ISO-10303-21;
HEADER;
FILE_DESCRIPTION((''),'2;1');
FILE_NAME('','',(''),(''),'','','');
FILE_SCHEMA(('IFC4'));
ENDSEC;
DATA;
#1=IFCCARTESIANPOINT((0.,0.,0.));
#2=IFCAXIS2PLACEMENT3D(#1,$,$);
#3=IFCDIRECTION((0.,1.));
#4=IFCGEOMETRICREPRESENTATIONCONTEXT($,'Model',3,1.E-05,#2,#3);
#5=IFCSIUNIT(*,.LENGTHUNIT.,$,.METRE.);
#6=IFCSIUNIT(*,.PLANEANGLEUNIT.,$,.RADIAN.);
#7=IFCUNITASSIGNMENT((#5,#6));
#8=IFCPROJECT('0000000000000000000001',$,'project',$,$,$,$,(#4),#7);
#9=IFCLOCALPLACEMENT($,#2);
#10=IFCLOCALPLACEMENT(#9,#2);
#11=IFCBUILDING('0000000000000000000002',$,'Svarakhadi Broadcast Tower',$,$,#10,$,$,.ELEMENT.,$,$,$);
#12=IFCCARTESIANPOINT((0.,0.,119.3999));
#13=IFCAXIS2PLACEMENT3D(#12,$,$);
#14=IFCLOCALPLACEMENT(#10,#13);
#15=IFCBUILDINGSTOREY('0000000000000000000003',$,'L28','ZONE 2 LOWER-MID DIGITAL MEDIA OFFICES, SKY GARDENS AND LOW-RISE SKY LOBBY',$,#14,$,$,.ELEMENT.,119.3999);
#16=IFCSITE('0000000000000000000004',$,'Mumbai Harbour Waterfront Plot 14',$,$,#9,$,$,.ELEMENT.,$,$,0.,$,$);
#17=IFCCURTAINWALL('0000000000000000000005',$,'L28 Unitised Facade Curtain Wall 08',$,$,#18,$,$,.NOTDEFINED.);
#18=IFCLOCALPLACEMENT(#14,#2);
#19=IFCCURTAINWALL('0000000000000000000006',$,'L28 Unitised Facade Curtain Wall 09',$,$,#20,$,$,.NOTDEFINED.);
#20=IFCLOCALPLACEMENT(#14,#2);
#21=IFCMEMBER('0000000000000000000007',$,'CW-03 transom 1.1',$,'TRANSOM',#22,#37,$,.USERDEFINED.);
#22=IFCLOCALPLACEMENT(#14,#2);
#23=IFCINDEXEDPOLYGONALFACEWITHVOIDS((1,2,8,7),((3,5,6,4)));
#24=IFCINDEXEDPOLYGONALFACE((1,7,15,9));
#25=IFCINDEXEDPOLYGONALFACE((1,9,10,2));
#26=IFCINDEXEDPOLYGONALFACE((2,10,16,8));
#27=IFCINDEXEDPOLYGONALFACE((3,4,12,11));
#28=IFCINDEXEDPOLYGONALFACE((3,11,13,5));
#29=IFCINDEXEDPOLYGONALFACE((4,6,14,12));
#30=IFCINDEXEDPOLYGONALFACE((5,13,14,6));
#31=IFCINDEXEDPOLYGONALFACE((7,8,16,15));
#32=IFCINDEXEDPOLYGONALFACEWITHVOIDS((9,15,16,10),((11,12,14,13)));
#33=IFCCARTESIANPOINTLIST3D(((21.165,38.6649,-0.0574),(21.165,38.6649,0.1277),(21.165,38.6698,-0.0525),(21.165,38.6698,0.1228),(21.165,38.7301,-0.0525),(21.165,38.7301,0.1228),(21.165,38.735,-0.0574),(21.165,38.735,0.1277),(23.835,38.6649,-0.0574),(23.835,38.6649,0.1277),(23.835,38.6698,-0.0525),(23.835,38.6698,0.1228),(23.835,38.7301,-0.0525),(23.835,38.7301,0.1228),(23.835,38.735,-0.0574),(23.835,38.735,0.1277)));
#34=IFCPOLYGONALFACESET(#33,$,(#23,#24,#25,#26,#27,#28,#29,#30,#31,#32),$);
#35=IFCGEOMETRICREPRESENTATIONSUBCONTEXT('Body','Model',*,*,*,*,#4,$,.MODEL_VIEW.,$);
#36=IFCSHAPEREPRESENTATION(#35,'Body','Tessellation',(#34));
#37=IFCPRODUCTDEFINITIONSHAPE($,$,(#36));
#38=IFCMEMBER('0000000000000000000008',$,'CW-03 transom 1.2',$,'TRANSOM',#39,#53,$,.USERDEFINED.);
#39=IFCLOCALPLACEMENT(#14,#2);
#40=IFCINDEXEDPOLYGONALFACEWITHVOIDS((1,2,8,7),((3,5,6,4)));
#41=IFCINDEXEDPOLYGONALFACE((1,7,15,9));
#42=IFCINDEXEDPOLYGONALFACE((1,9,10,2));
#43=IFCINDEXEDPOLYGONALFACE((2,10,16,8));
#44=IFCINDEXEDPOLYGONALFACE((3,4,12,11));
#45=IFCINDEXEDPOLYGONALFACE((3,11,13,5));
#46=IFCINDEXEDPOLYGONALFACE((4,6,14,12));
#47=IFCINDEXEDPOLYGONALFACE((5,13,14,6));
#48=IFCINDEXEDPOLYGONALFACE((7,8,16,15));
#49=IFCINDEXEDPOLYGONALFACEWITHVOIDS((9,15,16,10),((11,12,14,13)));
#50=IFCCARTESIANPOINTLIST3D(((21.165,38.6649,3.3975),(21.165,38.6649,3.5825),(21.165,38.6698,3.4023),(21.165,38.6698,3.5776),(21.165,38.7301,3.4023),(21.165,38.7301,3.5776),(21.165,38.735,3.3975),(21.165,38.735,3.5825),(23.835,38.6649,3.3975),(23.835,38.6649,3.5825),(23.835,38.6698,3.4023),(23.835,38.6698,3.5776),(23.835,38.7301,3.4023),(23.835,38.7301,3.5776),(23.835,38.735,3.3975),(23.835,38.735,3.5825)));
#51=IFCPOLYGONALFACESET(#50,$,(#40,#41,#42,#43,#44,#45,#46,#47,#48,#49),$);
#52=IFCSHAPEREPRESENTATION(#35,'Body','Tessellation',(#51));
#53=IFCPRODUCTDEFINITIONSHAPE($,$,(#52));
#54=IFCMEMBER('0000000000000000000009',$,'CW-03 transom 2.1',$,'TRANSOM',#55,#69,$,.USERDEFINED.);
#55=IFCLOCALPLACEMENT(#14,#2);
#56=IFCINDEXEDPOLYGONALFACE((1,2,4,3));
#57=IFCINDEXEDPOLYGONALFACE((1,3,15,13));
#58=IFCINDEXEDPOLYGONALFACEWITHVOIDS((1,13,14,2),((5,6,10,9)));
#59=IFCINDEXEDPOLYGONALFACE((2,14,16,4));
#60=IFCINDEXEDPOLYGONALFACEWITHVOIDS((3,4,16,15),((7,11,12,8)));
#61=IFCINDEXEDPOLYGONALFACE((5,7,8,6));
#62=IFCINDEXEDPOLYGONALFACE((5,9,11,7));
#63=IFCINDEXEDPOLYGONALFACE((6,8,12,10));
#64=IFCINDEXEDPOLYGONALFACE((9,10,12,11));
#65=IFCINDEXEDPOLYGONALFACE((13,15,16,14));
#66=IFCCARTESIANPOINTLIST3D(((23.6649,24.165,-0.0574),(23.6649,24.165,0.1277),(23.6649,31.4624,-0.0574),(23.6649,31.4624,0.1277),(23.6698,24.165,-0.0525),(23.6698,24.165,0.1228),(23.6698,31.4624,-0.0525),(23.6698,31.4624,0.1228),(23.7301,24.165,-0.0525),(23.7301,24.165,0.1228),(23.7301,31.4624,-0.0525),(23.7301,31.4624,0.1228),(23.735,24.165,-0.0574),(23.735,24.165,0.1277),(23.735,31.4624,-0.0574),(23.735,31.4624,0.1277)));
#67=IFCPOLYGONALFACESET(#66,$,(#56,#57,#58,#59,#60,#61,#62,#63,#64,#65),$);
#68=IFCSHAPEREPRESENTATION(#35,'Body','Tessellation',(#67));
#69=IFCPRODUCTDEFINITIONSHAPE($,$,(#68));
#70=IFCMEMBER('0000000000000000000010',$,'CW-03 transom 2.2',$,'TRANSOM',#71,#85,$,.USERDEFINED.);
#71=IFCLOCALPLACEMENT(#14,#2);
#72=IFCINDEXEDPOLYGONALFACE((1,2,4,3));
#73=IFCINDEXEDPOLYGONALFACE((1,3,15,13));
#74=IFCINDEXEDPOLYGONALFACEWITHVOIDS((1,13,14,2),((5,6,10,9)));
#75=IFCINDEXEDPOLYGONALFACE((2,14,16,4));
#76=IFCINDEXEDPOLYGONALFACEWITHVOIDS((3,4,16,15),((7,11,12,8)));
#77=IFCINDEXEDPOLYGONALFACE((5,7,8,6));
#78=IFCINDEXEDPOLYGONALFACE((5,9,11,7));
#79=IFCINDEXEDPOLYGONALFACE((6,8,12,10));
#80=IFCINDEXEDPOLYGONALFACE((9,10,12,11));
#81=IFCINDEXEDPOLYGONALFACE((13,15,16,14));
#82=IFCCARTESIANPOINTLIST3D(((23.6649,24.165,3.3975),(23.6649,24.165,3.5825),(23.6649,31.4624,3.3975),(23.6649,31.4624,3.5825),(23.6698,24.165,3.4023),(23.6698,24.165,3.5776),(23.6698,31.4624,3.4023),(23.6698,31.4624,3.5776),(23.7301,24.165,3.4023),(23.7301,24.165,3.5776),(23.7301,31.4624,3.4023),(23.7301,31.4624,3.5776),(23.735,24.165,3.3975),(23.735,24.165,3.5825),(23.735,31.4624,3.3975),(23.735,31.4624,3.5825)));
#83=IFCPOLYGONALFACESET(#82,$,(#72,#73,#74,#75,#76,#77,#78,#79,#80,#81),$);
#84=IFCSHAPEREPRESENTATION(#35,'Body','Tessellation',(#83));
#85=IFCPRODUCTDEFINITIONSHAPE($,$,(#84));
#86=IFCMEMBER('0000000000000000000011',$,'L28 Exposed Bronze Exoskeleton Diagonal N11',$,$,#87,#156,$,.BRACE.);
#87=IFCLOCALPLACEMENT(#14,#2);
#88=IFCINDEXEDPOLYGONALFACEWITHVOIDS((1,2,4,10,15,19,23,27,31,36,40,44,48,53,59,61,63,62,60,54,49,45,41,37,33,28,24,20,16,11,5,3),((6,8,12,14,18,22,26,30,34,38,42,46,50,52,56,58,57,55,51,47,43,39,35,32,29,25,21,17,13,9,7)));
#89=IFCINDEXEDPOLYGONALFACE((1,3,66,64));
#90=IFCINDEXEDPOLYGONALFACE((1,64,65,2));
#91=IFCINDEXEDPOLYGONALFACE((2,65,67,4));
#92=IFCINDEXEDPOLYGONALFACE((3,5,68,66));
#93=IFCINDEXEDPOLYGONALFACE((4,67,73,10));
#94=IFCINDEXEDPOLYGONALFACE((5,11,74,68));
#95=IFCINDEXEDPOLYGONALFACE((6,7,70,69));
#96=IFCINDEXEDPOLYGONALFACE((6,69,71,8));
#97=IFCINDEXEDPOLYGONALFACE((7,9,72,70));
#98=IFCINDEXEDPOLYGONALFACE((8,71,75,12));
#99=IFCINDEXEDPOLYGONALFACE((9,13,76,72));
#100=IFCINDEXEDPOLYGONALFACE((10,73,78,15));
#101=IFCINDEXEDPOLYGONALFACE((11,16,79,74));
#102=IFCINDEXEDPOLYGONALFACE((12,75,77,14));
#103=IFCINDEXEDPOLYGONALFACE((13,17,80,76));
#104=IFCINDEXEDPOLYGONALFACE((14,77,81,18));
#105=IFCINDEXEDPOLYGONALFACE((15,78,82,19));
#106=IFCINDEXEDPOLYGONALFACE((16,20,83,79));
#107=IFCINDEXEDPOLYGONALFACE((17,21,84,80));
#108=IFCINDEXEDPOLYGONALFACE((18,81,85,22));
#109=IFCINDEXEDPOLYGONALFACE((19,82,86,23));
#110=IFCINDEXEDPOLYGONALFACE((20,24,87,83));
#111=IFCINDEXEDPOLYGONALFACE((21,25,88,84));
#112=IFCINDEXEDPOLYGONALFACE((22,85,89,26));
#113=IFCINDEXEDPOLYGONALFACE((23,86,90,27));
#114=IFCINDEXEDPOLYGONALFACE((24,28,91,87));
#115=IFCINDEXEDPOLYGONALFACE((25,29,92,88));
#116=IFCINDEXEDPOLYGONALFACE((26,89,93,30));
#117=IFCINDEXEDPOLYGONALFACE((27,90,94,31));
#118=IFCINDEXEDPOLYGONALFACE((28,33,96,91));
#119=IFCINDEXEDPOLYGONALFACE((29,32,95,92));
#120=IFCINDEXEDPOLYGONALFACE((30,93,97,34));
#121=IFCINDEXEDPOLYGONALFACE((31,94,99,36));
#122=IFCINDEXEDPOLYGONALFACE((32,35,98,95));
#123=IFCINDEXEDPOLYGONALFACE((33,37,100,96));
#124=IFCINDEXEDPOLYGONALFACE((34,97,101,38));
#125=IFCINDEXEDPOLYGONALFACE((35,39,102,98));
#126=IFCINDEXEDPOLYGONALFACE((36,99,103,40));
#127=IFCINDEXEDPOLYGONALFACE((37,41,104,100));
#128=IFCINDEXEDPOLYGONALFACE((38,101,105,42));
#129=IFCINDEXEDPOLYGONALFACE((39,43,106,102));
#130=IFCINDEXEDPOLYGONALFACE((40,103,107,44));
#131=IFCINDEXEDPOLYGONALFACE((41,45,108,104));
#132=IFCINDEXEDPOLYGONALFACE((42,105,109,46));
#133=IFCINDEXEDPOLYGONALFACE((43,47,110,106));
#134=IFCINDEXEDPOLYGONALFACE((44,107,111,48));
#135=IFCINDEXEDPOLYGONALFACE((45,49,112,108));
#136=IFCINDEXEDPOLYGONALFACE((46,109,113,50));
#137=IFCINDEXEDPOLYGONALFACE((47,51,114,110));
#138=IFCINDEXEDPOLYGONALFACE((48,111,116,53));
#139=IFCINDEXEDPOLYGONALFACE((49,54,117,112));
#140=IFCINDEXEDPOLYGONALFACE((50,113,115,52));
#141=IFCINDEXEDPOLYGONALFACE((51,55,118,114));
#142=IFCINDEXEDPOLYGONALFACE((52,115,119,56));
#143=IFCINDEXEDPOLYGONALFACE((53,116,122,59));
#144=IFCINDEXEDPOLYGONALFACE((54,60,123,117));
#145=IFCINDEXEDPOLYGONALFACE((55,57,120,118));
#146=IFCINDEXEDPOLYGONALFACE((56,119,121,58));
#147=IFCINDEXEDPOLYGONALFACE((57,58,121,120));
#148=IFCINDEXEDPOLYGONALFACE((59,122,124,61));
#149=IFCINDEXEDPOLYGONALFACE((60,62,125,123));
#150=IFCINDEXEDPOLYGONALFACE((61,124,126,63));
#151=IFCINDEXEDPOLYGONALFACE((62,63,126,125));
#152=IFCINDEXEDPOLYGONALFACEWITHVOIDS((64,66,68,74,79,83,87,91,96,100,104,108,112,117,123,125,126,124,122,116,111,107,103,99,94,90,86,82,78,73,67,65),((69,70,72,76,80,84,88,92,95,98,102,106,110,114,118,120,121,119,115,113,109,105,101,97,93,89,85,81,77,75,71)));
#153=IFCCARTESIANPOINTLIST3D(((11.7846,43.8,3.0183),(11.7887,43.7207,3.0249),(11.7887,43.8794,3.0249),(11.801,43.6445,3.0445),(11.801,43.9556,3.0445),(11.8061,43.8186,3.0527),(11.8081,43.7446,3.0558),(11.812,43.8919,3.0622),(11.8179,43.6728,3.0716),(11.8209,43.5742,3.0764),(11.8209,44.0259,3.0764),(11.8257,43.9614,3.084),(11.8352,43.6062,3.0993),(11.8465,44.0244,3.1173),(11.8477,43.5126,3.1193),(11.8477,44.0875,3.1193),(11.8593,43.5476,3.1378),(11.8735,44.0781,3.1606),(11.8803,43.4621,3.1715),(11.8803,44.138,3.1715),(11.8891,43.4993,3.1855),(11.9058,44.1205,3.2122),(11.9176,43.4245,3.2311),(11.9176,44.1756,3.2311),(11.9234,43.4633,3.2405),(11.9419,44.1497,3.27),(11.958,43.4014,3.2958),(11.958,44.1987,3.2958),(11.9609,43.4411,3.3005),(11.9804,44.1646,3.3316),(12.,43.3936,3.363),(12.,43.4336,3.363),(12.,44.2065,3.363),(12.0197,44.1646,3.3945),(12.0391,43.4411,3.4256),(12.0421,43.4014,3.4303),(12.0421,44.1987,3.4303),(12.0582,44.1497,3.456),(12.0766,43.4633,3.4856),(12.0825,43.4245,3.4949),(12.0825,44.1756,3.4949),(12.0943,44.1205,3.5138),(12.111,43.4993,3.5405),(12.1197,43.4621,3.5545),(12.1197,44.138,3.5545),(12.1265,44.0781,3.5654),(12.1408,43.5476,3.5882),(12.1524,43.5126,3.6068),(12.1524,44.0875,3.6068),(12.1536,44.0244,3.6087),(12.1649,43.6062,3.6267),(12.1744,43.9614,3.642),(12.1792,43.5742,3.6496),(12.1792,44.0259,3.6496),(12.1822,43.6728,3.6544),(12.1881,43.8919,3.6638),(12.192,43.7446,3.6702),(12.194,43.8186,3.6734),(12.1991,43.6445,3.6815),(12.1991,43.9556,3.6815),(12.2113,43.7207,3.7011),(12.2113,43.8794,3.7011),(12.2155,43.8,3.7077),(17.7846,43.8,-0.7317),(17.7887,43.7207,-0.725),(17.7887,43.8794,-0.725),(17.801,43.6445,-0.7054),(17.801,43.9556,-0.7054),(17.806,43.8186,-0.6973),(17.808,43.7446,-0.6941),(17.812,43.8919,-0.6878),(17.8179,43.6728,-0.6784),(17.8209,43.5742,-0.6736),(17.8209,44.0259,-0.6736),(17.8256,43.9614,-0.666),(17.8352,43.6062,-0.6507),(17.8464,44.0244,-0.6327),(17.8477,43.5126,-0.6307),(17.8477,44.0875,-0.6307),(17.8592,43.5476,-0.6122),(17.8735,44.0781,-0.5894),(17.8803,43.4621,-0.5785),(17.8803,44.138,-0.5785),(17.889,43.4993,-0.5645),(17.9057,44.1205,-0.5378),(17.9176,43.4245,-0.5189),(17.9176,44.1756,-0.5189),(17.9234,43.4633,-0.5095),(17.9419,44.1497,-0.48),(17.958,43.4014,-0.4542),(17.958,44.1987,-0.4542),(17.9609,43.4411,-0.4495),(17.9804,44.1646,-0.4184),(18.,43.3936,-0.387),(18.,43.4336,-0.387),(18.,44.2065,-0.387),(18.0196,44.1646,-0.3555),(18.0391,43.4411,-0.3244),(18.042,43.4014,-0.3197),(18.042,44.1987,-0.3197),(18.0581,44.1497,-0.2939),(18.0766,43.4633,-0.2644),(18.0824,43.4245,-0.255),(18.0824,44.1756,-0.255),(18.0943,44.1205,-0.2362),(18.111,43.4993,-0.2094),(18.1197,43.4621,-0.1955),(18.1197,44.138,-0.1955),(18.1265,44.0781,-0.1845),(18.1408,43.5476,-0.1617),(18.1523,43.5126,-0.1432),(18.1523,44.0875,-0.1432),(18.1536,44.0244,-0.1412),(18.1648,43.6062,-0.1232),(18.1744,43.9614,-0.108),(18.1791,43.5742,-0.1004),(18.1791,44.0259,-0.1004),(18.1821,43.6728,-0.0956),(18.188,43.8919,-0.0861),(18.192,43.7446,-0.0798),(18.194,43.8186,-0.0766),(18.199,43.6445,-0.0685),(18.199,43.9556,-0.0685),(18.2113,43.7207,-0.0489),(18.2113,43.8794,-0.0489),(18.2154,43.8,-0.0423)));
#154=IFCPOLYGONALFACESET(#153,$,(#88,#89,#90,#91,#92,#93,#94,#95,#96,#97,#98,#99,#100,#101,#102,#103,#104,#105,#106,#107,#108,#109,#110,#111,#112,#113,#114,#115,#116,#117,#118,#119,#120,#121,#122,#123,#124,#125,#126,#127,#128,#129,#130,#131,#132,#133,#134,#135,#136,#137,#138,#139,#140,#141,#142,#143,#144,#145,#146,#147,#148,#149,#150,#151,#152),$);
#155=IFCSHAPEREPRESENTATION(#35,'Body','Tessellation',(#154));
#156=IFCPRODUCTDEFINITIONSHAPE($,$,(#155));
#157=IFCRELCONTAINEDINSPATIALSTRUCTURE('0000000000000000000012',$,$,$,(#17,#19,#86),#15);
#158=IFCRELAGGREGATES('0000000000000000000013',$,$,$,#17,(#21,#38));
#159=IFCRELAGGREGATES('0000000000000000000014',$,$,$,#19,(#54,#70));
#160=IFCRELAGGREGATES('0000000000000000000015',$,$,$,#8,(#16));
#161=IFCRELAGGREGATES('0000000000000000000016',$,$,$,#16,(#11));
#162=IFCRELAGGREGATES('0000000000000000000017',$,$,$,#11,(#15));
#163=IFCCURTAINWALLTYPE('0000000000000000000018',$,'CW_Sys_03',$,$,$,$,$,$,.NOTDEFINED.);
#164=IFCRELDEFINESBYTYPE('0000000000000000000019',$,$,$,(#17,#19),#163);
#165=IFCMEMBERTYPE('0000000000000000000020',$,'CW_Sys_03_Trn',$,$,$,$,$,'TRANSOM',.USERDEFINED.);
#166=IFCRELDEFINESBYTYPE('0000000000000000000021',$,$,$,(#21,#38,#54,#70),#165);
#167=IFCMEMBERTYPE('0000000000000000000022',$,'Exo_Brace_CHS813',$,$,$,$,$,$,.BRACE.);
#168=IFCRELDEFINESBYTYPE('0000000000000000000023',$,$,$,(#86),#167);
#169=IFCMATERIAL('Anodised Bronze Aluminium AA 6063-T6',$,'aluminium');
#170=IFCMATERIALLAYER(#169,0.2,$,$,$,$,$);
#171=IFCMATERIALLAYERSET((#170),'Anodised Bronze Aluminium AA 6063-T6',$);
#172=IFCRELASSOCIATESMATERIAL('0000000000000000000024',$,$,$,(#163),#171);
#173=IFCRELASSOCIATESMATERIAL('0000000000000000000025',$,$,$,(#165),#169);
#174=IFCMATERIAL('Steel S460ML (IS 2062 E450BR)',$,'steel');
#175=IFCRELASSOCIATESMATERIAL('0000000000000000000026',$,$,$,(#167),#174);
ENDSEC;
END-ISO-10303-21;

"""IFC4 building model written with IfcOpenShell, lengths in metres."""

from ifc_helpers import new_model, si_unit, direction, frame, origin, origin_2d, place, context, subcontext, project, spatial, hollow_rectangle, hollow_circle, extrude, material, layer, layer_set, material_profile, profile_set, type_object, element, aggregate, save


model = new_model("IFC4")

# Units and contexts
model_context = context("Model", 3, precision=1e-05, world=origin(), true_north=direction((0.0, 1.0)))
body_context = subcontext(model_context, "Body", "Model", "MODEL_VIEW")
ifc_project = project(units=[si_unit("LENGTHUNIT", "METRE"), si_unit("PLANEANGLEUNIT", "RADIAN")], contexts=[model_context])

# Site, building, storey
site_placement = place(None, origin())
site = spatial("IfcSite", under=ifc_project, at=site_placement, Name="Mumbai Harbour Waterfront Plot 14", CompositionType="ELEMENT", RefElevation=0.0)
building_placement = place(site_placement, origin())
building = spatial("IfcBuilding", under=site, at=building_placement, Name="Svarakhadi Broadcast Tower", CompositionType="ELEMENT")
storey_placement = place(building_placement, frame((0.0, 0.0, 119.3999)))
storey = spatial("IfcBuildingStorey", under=building, at=storey_placement, Name="L28", Description="ZONE 2 LOWER-MID DIGITAL MEDIA OFFICES, SKY GARDENS AND LOW-RISE SKY LOBBY", CompositionType="ELEMENT", Elevation=119.3999)

# Shared definitions
ifc_material_1 = material(Name="Anodised Bronze Aluminium AA 6063-T6", Category="aluminium")
ifc_layer_1 = layer(ifc_material_1, 0.2)
ifc_layer_set_1 = layer_set([ifc_layer_1], Name="Anodised Bronze Aluminium AA 6063-T6")
curtain_wall_type = type_object("IfcCurtainWallType", Name="CW_Sys_03", PredefinedType="NOTDEFINED", material=ifc_layer_set_1)

# Curtain wall
curtain_wall_1_placement = place(storey_placement, origin())
curtain_wall_1 = element("IfcCurtainWall", 1, at=curtain_wall_1_placement, inside=storey, type_object=curtain_wall_type, Name="L28 Unitised Facade Curtain Wall 08", PredefinedType="NOTDEFINED")

# Curtain wall
curtain_wall_2_placement = place(storey_placement, origin())
curtain_wall_2 = element("IfcCurtainWall", 2, at=curtain_wall_2_placement, inside=storey, type_object=curtain_wall_type, Name="L28 Unitised Facade Curtain Wall 09", PredefinedType="NOTDEFINED")

# Members
ifc_material_profile_1 = material_profile(ifc_material_1, hollow_rectangle(XDim=0.0701, YDim=0.1851, WallThickness=0.0049, at=origin_2d()), Name="ALU TRANSOM 185x70x5")
ifc_profile_set_1 = profile_set([ifc_material_profile_1], Name="Anodised Bronze Aluminium AA 6063-T6")
member_type_1 = type_object("IfcMemberType", Name="CW_Sys_03_Trn", ElementType="TRANSOM", PredefinedType="USERDEFINED", material=ifc_profile_set_1)
member_1_placement = place(storey_placement, frame((21.165, 38.7, 0.0352), z_axis=(1.0, 0.0, 0.0), x_axis=(0.0, 1.0, 0.0)))
member_1 = element("IfcMember", 3, at=member_1_placement, type_object=member_type_1, Name="CW-03 transom 1.1", ObjectType="TRANSOM", PredefinedType="USERDEFINED", context=body_context, shape_type="SweptSolid", body=[
    extrude(hollow_rectangle(XDim=0.0701, YDim=0.1851, WallThickness=0.0049, at=origin_2d()), origin(), (0.0, 0.0, 1.0), 2.6699),
])
member_2_placement = place(storey_placement, frame((21.165, 38.7, 3.49), z_axis=(1.0, 0.0, 0.0), x_axis=(0.0, 1.0, 0.0)))
member_2 = element("IfcMember", 4, at=member_2_placement, type_object=member_type_1, Name="CW-03 transom 1.2", ObjectType="TRANSOM", PredefinedType="USERDEFINED", context=body_context, shape_type="SweptSolid", body=[
    extrude(hollow_rectangle(XDim=0.0701, YDim=0.1851, WallThickness=0.0049, at=origin_2d()), origin(), (0.0, 0.0, 1.0), 2.6699),
])
member_3_placement = place(storey_placement, frame((23.7, 31.4624, 0.0352), z_axis=(0.0, -1.0, 0.0), x_axis=(1.0, 0.0, 0.0)))
member_3 = element("IfcMember", 5, at=member_3_placement, type_object=member_type_1, Name="CW-03 transom 2.1", ObjectType="TRANSOM", PredefinedType="USERDEFINED", context=body_context, shape_type="SweptSolid", body=[
    extrude(hollow_rectangle(XDim=0.0701, YDim=0.1851, WallThickness=0.0049, at=origin_2d()), origin(), (0.0, 0.0, 1.0), 7.2974),
])
member_4_placement = place(storey_placement, frame((23.7, 31.4624, 3.49), z_axis=(0.0, -1.0, 0.0), x_axis=(1.0, 0.0, 0.0)))
member_4 = element("IfcMember", 6, at=member_4_placement, type_object=member_type_1, Name="CW-03 transom 2.2", ObjectType="TRANSOM", PredefinedType="USERDEFINED", context=body_context, shape_type="SweptSolid", body=[
    extrude(hollow_rectangle(XDim=0.0701, YDim=0.1851, WallThickness=0.0049, at=origin_2d()), origin(), (0.0, 0.0, 1.0), 7.2974),
])

# Member
ifc_material_2 = material(Name="Steel S460ML (IS 2062 E450BR)", Category="steel")
ifc_material_profile_2 = material_profile(ifc_material_2, hollow_circle(Radius=0.4065, WallThickness=0.04, at=origin_2d()), Name="CHS 813x40")
ifc_profile_set_2 = profile_set([ifc_material_profile_2], Name="Steel S460ML (IS 2062 E450BR)")
member_type_2 = type_object("IfcMemberType", Name="Exo_Brace_CHS813", PredefinedType="BRACE", material=ifc_profile_set_2)
member_5_placement = place(storey_placement, frame((18.0, 43.8, -0.387), z_axis=(-0.847998, 0.0, 0.529999), x_axis=(0.0, -1.0, 0.0)))
element("IfcMember", 7, at=member_5_placement, inside=storey, type_object=member_type_2, Name="L28 Exposed Bronze Exoskeleton Diagonal N11", PredefinedType="BRACE", context=body_context, shape_type="SweptSolid", body=[
    extrude(hollow_circle(Radius=0.4065, WallThickness=0.04, at=origin_2d()), origin(), (0.0, 0.0, 1.0), 7.0754),
])

aggregate(curtain_wall_1, [member_1, member_2])
aggregate(curtain_wall_2, [member_3, member_4])

save(model, "model.ifc")
